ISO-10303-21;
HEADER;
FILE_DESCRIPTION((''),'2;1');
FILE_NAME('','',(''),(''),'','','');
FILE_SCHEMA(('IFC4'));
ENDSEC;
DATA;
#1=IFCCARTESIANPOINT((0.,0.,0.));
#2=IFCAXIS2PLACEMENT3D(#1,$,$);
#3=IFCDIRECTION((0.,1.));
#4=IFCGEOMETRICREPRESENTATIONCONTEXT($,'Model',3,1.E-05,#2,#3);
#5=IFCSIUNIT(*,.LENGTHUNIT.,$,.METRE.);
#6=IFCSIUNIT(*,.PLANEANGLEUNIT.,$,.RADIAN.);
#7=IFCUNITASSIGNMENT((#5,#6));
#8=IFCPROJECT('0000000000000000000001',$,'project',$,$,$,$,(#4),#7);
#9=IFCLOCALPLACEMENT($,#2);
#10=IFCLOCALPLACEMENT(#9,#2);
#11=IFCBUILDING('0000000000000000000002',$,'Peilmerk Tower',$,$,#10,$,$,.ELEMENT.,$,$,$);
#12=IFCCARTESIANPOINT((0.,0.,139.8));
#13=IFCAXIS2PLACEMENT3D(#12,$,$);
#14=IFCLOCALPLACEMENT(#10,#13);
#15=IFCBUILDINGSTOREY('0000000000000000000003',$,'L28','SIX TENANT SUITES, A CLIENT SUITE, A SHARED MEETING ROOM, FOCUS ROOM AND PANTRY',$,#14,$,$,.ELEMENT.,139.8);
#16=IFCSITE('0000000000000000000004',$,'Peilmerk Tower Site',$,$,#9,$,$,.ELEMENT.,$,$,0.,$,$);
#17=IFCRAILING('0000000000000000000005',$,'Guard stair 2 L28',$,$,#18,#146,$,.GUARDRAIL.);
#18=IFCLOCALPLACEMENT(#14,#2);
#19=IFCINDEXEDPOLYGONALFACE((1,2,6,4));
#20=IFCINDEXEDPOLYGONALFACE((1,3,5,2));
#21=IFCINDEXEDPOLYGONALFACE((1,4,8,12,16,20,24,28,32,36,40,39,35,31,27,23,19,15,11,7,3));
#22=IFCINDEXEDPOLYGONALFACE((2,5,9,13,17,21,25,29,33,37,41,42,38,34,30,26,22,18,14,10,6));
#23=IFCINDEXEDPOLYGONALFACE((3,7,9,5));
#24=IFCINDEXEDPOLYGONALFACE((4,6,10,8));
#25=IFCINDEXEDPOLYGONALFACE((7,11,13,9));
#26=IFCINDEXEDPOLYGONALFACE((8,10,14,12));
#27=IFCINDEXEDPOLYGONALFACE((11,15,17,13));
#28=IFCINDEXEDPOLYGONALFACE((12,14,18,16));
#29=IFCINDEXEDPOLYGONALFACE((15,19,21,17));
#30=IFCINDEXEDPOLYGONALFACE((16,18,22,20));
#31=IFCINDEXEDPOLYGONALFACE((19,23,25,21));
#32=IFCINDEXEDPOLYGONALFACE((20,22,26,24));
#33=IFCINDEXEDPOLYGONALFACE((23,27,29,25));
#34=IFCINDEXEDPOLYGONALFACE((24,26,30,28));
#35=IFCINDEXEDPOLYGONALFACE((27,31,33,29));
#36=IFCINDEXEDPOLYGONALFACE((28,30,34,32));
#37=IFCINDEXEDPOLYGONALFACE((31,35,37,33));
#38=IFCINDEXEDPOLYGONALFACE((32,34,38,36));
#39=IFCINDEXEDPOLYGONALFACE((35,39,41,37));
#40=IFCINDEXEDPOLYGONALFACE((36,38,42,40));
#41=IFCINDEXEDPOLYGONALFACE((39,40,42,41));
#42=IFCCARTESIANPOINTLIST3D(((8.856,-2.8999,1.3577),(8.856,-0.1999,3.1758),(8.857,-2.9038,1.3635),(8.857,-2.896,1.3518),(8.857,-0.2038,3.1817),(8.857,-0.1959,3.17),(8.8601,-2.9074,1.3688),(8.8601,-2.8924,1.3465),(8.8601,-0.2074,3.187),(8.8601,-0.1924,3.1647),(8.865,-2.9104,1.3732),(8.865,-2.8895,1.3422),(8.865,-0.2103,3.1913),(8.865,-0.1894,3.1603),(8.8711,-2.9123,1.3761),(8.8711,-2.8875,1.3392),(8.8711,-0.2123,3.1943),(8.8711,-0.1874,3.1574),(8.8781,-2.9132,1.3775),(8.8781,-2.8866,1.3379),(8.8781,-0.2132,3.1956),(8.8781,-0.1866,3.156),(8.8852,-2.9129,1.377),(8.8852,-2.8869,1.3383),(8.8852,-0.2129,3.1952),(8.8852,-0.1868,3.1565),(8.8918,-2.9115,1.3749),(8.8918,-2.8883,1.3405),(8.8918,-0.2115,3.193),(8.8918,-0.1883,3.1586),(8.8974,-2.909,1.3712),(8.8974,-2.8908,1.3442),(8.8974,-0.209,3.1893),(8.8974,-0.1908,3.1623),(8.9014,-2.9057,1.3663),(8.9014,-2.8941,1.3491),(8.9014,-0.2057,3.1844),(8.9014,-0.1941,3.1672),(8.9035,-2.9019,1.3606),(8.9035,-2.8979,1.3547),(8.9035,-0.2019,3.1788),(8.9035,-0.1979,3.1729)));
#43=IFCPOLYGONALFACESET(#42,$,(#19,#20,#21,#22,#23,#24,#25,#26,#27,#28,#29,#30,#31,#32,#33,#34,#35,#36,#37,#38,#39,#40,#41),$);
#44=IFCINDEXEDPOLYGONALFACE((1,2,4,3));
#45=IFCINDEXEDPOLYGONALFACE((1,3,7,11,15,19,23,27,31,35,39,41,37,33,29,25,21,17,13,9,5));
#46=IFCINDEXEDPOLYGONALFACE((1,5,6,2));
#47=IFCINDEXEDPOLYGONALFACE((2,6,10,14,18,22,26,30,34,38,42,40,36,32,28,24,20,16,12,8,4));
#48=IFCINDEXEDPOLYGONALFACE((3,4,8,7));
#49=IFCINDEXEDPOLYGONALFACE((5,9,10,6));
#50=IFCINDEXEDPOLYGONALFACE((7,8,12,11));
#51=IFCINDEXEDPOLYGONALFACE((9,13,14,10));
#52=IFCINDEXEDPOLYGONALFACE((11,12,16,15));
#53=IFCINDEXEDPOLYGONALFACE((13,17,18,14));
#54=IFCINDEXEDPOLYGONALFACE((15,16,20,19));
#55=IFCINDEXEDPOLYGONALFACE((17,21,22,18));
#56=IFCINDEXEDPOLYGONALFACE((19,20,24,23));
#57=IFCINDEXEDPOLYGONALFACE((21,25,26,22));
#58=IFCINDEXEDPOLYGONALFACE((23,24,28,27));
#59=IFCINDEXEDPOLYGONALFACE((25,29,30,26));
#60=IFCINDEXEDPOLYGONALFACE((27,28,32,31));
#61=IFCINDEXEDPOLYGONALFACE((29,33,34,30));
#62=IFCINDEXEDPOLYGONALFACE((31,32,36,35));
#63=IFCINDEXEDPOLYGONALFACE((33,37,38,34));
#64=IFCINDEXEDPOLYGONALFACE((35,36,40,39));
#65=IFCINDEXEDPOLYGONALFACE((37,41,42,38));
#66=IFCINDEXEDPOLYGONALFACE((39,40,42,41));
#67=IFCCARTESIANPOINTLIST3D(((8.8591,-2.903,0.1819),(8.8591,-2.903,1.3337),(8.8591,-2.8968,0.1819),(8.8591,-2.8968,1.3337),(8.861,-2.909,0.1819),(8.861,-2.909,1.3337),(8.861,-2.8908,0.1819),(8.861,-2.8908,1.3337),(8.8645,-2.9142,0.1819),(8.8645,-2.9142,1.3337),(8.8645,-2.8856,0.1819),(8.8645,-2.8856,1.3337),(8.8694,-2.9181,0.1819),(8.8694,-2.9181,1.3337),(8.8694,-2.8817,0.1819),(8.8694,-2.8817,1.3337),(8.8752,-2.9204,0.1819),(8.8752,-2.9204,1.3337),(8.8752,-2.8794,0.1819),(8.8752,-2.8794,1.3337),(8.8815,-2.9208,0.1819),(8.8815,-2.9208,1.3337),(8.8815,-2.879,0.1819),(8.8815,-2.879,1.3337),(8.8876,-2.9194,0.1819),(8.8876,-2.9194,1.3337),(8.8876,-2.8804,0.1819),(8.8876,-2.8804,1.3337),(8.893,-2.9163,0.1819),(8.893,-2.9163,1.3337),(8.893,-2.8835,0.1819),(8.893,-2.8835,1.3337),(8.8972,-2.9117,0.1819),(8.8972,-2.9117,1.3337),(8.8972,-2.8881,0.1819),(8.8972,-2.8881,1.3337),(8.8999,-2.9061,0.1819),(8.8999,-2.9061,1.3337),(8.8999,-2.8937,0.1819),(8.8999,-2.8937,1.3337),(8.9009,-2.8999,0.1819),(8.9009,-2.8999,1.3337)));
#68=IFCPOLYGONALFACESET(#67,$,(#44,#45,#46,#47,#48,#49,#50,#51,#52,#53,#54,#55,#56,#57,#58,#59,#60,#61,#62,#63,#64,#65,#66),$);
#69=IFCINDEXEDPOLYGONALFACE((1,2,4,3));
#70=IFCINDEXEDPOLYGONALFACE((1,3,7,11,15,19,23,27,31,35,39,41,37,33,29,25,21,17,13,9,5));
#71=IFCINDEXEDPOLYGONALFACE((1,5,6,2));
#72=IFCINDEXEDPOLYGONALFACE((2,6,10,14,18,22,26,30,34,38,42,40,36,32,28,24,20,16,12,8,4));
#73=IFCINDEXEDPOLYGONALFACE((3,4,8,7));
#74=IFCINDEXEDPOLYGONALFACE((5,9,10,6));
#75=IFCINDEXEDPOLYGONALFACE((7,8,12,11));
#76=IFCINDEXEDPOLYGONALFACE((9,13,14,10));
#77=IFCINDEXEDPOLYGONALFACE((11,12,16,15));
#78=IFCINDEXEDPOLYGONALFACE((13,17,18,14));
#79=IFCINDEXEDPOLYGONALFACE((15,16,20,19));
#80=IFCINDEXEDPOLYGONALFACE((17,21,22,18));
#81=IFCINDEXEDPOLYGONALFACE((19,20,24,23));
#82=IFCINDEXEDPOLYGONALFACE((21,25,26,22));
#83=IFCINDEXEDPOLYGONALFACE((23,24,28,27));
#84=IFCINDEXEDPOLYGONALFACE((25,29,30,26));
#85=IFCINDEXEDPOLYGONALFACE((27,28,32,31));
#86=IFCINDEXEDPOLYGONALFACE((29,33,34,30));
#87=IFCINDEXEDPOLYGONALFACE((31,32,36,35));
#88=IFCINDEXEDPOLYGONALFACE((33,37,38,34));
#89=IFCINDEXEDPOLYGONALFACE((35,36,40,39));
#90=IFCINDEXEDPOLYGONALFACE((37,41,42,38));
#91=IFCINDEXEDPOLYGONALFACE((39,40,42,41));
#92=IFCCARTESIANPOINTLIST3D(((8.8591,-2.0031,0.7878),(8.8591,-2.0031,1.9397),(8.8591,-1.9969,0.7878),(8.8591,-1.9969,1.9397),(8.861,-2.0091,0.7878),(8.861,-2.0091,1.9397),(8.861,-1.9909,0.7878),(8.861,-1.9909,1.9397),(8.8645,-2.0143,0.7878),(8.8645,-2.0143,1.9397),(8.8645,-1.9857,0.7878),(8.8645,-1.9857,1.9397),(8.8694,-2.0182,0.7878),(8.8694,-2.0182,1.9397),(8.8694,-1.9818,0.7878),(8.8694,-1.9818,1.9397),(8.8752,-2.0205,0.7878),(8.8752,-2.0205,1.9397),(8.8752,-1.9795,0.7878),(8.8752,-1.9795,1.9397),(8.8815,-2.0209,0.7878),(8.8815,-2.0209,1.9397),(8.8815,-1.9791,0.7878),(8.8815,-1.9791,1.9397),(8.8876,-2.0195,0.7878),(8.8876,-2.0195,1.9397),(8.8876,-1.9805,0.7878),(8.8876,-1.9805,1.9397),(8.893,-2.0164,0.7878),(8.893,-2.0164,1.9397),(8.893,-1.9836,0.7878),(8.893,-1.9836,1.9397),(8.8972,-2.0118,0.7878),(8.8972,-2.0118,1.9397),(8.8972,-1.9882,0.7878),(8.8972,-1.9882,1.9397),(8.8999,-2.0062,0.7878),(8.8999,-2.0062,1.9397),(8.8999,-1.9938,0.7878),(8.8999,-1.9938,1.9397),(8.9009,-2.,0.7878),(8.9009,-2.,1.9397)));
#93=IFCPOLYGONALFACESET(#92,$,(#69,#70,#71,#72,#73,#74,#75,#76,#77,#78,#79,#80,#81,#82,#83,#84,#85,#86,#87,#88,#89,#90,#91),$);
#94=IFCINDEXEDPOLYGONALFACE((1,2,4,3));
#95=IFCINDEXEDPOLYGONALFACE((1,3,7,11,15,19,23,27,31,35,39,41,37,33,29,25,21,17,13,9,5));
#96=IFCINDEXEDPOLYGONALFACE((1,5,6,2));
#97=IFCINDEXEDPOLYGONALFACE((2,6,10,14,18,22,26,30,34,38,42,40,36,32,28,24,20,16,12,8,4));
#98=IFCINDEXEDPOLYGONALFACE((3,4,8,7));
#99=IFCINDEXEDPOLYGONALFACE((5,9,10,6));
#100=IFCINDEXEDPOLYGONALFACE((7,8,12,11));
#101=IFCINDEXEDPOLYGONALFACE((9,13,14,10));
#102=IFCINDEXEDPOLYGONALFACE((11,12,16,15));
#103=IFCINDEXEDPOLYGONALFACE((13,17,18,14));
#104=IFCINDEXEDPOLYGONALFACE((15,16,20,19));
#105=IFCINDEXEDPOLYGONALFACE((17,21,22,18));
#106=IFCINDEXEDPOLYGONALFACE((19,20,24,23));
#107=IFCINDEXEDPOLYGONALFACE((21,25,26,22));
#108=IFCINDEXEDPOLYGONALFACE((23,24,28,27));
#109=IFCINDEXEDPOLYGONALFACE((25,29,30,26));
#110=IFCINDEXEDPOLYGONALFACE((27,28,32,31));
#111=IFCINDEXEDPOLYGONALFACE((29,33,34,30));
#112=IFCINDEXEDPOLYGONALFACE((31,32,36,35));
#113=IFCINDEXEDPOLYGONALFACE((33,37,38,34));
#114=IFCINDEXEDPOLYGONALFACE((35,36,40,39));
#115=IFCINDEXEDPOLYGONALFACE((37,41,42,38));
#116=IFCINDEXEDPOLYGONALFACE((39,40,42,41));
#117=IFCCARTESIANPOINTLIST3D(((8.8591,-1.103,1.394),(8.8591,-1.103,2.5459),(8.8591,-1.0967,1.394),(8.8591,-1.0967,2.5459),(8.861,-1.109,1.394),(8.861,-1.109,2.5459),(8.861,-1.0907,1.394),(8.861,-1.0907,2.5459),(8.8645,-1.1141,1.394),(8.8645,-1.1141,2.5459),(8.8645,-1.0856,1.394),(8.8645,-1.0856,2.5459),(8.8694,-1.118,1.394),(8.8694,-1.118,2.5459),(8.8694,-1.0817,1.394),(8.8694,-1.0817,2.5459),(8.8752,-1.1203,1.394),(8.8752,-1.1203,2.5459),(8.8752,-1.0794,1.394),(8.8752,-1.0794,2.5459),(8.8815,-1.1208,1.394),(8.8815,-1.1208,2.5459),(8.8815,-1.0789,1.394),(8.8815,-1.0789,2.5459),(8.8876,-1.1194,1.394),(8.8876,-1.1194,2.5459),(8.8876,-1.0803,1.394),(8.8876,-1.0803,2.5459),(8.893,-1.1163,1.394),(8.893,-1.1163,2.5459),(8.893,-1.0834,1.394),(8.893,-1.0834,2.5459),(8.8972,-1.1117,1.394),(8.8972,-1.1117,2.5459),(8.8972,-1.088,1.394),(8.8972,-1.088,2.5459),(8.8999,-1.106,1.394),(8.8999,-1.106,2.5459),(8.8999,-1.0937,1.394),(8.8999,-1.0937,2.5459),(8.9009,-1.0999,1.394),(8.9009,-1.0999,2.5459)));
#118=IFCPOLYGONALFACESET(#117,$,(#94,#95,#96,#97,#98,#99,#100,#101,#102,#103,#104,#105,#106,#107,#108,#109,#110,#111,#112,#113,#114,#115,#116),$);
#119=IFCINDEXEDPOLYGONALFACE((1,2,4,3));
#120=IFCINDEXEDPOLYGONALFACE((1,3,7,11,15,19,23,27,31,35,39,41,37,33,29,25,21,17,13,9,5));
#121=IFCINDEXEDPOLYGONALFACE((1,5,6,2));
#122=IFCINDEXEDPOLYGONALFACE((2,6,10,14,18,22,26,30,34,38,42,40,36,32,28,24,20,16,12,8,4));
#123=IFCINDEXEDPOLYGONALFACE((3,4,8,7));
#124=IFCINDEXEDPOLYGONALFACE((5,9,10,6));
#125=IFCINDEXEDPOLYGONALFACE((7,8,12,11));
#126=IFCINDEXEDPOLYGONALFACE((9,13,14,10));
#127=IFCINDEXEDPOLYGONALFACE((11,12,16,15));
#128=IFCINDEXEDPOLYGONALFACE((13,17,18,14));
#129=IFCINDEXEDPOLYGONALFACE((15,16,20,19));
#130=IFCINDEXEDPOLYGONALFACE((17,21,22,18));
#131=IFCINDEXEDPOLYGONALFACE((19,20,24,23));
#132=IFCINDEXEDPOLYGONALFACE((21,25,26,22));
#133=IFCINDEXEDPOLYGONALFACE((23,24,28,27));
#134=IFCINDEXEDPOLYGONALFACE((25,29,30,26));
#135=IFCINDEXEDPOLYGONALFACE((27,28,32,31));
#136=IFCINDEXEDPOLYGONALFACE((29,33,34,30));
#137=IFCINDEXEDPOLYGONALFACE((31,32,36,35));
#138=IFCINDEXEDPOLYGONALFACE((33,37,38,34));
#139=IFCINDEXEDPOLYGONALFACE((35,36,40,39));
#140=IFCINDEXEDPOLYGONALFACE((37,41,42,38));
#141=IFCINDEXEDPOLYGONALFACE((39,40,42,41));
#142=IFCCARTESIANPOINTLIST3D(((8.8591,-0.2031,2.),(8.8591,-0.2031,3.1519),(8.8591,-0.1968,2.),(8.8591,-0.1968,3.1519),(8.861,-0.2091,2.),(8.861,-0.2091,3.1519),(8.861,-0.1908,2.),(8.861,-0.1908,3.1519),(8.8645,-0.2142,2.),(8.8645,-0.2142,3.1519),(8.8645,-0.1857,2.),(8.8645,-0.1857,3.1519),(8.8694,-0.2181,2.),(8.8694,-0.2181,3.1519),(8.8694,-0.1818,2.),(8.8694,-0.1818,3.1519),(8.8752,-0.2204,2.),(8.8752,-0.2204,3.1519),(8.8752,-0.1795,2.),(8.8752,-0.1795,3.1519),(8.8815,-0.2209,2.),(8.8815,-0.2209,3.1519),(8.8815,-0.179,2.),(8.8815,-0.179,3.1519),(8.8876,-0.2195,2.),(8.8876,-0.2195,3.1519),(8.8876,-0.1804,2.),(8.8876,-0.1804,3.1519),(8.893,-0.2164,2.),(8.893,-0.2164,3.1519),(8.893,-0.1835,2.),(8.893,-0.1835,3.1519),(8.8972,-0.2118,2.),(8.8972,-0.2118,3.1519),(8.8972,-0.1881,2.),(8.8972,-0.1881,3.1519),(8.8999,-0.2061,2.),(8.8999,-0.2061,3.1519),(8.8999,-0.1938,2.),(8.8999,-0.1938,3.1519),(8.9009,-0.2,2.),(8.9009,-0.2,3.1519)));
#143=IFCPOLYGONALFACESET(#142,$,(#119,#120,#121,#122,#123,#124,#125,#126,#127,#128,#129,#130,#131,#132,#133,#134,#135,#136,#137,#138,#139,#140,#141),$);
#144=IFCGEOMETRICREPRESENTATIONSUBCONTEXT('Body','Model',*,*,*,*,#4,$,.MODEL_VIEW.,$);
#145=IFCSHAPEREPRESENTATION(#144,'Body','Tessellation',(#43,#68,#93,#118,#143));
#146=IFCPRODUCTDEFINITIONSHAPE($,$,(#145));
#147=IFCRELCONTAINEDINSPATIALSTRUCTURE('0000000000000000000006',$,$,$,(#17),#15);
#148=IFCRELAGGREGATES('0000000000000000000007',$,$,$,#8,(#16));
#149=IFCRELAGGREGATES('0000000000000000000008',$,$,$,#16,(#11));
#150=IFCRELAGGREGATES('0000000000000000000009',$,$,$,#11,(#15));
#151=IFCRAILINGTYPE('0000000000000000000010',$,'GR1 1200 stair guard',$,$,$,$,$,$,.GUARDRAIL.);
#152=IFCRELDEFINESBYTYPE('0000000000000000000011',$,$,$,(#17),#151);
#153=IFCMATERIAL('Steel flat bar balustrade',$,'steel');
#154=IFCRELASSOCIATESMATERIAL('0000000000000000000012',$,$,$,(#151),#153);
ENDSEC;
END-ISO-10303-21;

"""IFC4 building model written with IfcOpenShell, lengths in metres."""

from ifc_helpers import new_model, si_unit, direction, frame, origin, origin_2d, place, context, subcontext, project, spatial, circle, extrude, material, type_object, element, save


model = new_model("IFC4")

# Units and contexts
model_context = context("Model", 3, precision=1e-05, world=origin(), true_north=direction((0.0, 1.0)))
body_context = subcontext(model_context, "Body", "Model", "MODEL_VIEW")
ifc_project = project(units=[si_unit("LENGTHUNIT", "METRE"), si_unit("PLANEANGLEUNIT", "RADIAN")], contexts=[model_context])

# Site, building, storey
site_placement = place(None, origin())
site = spatial("IfcSite", under=ifc_project, at=site_placement, Name="Peilmerk Tower Site", CompositionType="ELEMENT", RefElevation=0.0)
building_placement = place(site_placement, origin())
building = spatial("IfcBuilding", under=site, at=building_placement, Name="Peilmerk Tower", CompositionType="ELEMENT")
storey_placement = place(building_placement, frame((0.0, 0.0, 139.8)))
storey = spatial("IfcBuildingStorey", under=building, at=storey_placement, Name="L28", Description="SIX TENANT SUITES, A CLIENT SUITE, A SHARED MEETING ROOM, FOCUS ROOM AND PANTRY", CompositionType="ELEMENT", Elevation=139.8)

# Railing
ifc_material_1 = material(Name="Steel flat bar balustrade", Category="steel")
railing_type_1 = type_object("IfcRailingType", Name="GR1 1200 stair guard", PredefinedType="GUARDRAIL", material=ifc_material_1)
railing_1_placement = place(storey_placement, frame((8.8799, -2.8999, 0.1819)))
element("IfcRailing", 1, at=railing_1_placement, inside=storey, type_object=railing_type_1, Name="Guard stair 2 L28", PredefinedType="GUARDRAIL", context=body_context, shape_type="SweptSolid", body=[
    extrude(circle(Radius=0.0239, at=origin_2d()), frame((0.0, 0.0, 1.1758), z_axis=(0.0, 0.829468, 0.558554), x_axis=(-1.0, 0.0, 0.0)), (0.0, 0.0, 1.0), 3.2551),
    extrude(circle(Radius=0.021, at=origin_2d()), origin(), (0.0, 0.0, 1.0), 1.1519),
    extrude(circle(Radius=0.021, at=origin_2d()), frame((0.0, 0.8999, 0.606)), (0.0, 0.0, 1.0), 1.1519),
    extrude(circle(Radius=0.021, at=origin_2d()), frame((0.0, 1.8, 1.2122)), (0.0, 0.0, 1.0), 1.1519),
    extrude(circle(Radius=0.021, at=origin_2d()), frame((0.0, 2.7, 1.8181)), (0.0, 0.0, 1.0), 1.1519),
])

save(model, "model.ifc")
